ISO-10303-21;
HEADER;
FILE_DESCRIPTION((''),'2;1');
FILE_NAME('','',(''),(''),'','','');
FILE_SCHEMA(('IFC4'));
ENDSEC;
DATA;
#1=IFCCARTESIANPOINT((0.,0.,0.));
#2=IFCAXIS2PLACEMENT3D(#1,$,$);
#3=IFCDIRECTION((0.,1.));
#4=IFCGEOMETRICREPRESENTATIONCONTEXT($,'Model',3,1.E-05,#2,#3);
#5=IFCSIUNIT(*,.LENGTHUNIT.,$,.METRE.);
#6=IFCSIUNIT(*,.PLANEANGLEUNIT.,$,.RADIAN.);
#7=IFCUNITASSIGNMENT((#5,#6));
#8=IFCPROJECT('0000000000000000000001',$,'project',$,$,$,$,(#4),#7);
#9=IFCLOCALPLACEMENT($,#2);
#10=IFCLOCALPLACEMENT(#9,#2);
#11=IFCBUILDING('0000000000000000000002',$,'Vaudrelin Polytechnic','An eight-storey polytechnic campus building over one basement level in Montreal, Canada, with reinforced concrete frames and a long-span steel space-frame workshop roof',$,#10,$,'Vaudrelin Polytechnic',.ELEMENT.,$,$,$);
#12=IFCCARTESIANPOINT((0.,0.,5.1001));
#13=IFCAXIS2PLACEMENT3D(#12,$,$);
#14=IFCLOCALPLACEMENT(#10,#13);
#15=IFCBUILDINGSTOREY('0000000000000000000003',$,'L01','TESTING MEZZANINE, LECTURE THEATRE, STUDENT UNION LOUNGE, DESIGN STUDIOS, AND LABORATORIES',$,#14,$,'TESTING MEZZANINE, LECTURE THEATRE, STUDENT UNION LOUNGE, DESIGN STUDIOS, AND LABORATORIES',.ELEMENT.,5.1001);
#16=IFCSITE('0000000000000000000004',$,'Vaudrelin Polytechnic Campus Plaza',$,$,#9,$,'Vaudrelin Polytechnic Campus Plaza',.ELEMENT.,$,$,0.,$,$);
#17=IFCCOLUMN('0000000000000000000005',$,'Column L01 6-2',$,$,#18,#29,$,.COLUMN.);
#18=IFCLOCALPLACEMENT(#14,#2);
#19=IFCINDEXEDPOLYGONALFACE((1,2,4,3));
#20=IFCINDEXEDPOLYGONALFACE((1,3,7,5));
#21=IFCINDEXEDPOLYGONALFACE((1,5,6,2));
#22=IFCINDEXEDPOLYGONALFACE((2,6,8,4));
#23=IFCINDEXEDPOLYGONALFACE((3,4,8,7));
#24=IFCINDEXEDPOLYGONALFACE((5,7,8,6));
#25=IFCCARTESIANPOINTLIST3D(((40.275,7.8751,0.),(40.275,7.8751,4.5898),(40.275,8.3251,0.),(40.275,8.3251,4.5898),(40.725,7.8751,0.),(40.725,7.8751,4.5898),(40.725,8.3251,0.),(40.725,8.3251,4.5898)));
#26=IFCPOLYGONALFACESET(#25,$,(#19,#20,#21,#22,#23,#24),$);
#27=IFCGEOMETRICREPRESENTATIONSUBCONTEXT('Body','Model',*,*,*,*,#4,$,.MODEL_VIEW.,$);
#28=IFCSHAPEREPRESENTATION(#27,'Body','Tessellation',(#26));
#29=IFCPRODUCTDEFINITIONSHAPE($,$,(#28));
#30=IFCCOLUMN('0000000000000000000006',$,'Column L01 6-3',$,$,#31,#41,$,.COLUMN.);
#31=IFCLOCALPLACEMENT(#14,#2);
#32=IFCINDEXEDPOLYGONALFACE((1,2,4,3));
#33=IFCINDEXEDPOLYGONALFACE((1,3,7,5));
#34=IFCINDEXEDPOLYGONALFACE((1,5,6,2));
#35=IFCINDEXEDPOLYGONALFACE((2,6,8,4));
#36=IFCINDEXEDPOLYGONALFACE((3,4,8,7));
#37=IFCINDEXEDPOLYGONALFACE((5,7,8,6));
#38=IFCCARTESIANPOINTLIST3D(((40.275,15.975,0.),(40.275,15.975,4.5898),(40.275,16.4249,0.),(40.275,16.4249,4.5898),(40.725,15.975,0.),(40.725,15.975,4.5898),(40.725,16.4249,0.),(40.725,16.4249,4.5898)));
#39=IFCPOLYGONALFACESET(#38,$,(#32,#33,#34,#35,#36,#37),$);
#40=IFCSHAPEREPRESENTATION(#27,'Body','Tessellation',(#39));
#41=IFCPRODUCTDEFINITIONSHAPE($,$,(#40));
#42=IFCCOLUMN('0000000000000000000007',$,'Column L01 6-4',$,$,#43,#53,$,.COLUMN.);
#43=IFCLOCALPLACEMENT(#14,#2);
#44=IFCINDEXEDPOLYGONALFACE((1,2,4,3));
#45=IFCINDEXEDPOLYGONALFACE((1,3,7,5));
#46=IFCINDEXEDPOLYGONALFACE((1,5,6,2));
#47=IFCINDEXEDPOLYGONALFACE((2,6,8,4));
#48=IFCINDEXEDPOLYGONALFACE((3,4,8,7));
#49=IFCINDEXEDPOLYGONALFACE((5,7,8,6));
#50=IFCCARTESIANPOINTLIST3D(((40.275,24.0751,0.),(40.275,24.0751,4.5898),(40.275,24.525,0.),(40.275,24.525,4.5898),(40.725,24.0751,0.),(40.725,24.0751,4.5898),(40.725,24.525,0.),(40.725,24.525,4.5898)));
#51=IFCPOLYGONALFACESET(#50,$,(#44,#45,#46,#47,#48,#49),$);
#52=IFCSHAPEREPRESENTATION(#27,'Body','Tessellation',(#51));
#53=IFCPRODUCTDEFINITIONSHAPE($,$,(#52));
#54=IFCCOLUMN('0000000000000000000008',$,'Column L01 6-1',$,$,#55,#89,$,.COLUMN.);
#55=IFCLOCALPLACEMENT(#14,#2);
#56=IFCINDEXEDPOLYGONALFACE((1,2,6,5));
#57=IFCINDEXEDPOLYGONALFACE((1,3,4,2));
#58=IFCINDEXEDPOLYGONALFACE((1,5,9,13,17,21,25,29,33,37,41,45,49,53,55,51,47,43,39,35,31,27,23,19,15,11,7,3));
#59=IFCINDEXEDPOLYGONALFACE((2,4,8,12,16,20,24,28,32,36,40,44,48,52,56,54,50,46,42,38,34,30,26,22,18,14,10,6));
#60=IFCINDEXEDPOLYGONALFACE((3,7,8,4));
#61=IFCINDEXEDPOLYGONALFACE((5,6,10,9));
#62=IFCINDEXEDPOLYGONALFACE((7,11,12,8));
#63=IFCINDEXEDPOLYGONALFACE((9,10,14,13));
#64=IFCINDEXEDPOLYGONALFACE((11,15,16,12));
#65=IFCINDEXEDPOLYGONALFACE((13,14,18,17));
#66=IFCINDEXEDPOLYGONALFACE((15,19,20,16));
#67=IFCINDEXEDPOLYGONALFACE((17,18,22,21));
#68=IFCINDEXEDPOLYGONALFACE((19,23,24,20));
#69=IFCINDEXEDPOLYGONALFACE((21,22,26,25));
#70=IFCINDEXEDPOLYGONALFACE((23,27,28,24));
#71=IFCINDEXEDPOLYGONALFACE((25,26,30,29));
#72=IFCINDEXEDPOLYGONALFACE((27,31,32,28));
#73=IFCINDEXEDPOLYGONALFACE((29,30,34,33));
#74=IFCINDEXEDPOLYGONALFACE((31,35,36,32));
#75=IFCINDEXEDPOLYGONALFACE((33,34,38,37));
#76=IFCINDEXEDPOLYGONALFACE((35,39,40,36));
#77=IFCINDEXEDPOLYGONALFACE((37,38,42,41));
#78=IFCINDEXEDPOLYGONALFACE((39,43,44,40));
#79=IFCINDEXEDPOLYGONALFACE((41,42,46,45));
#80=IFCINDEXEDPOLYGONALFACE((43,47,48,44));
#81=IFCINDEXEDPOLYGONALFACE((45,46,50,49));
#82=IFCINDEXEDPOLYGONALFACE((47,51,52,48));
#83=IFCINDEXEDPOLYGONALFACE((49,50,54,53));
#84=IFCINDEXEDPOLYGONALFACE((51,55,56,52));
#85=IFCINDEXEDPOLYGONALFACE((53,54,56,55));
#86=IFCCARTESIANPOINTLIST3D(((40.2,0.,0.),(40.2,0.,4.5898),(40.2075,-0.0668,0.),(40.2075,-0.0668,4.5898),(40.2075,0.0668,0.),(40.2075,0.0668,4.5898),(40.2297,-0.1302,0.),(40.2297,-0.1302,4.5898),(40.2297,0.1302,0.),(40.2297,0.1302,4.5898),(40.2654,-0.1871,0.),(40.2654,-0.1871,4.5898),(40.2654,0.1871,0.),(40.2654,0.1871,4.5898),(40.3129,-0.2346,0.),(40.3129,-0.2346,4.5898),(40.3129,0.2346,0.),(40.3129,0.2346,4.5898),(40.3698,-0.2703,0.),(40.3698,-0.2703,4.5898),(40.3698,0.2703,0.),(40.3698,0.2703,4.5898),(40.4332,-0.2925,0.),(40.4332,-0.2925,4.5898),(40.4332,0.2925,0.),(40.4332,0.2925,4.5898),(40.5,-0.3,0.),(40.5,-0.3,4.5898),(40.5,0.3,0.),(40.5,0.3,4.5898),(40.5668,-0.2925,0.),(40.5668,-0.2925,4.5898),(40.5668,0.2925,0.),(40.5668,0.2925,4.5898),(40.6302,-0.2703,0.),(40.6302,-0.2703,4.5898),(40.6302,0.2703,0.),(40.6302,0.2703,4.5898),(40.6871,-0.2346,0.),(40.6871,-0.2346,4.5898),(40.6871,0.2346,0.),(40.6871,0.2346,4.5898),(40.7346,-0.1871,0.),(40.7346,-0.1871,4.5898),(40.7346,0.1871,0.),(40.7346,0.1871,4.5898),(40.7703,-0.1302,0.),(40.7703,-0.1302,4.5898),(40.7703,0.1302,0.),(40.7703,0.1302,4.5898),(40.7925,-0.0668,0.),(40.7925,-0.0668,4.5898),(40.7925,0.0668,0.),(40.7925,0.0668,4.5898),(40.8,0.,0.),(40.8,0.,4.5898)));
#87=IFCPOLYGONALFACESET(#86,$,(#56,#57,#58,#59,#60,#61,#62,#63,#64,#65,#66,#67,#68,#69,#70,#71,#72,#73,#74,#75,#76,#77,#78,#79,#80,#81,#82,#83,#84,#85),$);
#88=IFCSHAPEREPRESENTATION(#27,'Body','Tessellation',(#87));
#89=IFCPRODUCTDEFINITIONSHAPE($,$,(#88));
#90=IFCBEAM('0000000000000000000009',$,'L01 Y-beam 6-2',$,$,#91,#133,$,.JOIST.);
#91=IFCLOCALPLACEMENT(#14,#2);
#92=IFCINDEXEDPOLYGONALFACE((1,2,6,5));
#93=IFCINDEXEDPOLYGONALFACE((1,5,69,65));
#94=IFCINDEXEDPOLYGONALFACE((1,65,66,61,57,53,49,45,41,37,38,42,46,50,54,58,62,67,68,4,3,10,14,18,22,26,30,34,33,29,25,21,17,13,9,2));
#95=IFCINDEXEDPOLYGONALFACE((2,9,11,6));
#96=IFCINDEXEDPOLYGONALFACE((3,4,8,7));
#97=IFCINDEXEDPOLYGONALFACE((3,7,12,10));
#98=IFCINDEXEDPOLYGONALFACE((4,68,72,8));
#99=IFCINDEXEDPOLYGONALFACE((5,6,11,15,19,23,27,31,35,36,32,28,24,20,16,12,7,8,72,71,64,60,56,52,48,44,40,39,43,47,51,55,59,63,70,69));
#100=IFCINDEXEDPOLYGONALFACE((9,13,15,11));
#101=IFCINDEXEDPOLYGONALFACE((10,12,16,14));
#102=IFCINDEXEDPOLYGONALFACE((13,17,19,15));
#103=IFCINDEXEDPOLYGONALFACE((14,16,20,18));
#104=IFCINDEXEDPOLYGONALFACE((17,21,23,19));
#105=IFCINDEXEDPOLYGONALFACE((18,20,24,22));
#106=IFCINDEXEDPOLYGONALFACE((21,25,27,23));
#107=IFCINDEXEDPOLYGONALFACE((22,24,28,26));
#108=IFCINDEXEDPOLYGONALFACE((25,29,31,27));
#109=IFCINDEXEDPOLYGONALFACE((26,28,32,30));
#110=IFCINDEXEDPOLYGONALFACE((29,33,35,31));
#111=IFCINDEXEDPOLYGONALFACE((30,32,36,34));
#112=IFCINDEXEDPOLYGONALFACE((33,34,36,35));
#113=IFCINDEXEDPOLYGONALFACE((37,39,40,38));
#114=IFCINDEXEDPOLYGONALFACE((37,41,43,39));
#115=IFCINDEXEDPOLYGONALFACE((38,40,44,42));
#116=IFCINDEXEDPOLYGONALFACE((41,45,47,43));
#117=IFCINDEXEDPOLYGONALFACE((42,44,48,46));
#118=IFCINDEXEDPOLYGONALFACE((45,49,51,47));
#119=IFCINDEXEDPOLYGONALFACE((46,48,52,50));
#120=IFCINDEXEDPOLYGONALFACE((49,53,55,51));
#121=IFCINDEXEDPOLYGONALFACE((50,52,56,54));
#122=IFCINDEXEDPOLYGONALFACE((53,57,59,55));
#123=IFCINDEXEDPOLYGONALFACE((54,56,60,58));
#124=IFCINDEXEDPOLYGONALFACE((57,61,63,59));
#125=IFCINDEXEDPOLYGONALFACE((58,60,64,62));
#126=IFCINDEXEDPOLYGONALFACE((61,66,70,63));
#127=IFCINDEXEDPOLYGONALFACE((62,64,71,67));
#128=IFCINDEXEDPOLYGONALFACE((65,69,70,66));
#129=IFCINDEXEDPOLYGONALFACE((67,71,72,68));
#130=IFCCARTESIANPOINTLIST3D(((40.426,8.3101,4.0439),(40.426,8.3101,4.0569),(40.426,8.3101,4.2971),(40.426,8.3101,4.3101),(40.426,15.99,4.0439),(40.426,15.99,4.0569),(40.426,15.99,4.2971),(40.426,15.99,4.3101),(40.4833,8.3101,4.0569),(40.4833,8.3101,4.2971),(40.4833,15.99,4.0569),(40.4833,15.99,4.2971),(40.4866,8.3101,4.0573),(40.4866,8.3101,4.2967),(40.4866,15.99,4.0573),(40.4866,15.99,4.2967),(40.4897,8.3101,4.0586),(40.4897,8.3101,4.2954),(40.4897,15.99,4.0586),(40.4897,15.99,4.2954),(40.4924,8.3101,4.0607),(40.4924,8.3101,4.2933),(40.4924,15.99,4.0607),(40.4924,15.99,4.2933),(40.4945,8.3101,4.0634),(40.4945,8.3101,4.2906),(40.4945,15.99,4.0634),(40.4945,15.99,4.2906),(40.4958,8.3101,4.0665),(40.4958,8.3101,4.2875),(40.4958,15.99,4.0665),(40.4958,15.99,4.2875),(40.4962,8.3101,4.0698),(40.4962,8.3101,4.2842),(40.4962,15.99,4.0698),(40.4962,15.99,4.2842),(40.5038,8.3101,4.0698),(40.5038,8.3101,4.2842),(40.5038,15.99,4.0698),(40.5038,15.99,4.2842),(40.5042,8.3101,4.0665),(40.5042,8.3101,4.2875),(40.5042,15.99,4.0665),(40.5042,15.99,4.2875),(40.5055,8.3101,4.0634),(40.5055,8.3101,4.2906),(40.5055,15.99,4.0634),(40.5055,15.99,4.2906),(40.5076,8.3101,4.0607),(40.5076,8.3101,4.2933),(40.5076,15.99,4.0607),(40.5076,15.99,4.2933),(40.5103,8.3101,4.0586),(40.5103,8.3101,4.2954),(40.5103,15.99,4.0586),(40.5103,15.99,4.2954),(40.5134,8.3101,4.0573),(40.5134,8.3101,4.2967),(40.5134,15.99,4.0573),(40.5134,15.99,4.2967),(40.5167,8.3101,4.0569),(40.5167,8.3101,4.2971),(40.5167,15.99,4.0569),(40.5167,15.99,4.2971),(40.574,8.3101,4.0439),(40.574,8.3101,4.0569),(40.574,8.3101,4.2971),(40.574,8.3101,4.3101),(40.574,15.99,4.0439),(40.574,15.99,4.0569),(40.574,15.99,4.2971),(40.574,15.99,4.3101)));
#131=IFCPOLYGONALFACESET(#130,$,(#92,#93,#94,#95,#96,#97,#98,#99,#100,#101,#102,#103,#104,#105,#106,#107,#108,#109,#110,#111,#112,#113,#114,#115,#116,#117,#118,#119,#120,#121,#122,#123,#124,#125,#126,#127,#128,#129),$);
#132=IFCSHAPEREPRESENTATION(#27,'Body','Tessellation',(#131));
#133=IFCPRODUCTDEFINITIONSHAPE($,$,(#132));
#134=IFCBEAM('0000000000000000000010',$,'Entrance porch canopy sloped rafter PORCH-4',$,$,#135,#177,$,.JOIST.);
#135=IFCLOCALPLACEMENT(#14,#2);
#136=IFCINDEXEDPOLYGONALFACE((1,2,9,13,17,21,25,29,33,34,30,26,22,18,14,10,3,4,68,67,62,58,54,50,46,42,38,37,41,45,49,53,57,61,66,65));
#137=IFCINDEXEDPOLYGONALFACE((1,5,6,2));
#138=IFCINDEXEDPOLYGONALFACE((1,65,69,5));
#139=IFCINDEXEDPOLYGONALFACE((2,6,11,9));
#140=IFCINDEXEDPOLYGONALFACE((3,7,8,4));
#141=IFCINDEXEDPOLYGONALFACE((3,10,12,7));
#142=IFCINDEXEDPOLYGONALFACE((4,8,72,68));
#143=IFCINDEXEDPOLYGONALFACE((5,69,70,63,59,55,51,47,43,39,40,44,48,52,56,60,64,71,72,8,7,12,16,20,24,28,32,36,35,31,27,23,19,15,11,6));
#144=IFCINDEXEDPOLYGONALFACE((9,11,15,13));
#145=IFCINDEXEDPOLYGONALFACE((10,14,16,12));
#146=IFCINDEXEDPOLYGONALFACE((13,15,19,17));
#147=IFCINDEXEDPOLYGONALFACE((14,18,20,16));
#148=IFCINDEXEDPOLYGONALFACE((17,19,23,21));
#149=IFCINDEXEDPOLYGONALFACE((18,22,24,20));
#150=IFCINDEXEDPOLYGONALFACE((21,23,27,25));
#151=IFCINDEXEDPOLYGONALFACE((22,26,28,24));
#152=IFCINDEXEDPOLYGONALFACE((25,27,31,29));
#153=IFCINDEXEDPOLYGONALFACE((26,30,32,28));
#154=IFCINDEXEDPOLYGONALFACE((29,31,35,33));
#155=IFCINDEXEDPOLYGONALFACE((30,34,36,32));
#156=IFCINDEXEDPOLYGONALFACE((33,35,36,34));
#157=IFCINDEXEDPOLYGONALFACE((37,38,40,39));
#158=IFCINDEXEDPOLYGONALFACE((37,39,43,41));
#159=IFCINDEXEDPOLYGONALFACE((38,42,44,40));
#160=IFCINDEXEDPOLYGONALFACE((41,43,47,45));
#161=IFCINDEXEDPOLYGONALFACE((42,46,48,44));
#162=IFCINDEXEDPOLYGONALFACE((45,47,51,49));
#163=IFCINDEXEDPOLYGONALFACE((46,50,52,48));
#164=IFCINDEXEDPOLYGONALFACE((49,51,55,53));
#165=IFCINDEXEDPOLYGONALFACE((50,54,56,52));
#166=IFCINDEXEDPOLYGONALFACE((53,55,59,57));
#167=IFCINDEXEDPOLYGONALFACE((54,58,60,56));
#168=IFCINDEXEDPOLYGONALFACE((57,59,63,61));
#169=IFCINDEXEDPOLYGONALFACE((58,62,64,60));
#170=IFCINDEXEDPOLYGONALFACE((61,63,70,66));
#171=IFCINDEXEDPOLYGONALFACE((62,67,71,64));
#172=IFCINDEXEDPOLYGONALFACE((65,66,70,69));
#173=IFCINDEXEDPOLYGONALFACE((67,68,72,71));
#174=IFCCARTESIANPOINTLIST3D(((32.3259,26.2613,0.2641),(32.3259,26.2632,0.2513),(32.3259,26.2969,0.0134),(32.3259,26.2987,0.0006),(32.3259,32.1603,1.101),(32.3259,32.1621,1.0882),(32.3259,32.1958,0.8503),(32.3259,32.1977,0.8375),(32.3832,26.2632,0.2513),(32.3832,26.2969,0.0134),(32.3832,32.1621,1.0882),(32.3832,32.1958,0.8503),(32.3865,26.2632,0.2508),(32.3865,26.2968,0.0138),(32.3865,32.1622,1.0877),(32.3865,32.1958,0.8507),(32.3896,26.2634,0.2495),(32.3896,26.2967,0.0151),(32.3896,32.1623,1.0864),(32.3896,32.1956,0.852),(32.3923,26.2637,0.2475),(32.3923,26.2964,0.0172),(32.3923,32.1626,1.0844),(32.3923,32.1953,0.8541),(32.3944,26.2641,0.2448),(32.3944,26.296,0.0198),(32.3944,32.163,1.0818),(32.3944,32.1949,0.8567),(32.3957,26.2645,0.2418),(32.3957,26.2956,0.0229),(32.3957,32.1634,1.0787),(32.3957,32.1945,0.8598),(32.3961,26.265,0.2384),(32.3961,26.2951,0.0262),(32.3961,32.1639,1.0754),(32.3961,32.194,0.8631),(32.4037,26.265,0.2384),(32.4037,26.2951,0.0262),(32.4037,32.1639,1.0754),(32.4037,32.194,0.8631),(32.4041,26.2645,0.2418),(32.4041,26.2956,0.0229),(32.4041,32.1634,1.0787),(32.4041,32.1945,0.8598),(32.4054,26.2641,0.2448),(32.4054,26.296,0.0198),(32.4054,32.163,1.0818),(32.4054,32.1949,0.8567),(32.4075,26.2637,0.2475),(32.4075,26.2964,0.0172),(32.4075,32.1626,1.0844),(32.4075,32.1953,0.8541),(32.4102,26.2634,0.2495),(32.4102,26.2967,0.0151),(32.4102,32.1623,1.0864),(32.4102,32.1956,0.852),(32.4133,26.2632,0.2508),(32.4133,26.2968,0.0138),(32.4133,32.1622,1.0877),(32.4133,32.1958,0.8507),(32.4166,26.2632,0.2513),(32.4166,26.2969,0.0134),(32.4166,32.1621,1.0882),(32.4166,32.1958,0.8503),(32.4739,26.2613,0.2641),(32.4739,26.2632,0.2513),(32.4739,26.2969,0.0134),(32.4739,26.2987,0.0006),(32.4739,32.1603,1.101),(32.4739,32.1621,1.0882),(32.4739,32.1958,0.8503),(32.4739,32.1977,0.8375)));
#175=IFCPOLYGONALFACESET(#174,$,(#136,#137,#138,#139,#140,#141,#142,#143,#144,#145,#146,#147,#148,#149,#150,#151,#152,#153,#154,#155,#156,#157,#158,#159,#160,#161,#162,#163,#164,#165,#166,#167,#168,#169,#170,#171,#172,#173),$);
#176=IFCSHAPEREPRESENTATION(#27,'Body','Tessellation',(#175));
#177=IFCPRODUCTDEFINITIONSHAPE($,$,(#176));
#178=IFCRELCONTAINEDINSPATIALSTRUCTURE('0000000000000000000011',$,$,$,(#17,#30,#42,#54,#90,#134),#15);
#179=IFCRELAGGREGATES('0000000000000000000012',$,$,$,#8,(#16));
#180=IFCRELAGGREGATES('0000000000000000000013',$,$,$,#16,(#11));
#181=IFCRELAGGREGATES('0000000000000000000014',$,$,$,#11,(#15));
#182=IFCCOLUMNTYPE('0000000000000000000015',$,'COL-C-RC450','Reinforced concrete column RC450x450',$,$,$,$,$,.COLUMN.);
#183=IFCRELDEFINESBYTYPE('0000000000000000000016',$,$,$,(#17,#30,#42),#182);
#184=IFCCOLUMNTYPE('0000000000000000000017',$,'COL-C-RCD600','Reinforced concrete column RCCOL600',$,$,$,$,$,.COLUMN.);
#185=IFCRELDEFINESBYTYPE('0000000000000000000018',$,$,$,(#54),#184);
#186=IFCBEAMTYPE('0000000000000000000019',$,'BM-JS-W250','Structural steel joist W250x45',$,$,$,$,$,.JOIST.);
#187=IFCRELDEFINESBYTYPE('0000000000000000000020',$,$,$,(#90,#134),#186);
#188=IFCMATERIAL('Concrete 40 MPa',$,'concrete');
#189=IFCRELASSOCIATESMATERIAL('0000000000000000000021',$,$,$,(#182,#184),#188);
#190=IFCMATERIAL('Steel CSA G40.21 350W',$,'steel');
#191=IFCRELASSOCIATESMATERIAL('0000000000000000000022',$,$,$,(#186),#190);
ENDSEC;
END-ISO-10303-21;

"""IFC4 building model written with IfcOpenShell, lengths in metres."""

from ifc_helpers import new_model, si_unit, direction, frame, origin, origin_2d, place, context, subcontext, project, spatial, rectangle, circle, i_section, extrude, material, material_profile, profile_set, type_object, element, save


model = new_model("IFC4")

# Units and contexts
model_context = context("Model", 3, precision=1e-05, world=origin(), true_north=direction((0.0, 1.0)))
body_context = subcontext(model_context, "Body", "Model", "MODEL_VIEW")
ifc_project = project(units=[si_unit("LENGTHUNIT", "METRE"), si_unit("PLANEANGLEUNIT", "RADIAN")], contexts=[model_context])

# Site, building, storey
site_placement = place(None, origin())
site = spatial("IfcSite", under=ifc_project, at=site_placement, Name="Vaudrelin Polytechnic Campus Plaza", LongName="Vaudrelin Polytechnic Campus Plaza", CompositionType="ELEMENT", RefElevation=0.0)
building_placement = place(site_placement, origin())
building = spatial("IfcBuilding", under=site, at=building_placement, Name="Vaudrelin Polytechnic", Description="An eight-storey polytechnic campus building over one basement level in Montreal, Canada, with reinforced concrete frames and a long-span steel space-frame workshop roof", LongName="Vaudrelin Polytechnic", CompositionType="ELEMENT")
storey_placement = place(building_placement, frame((0.0, 0.0, 5.1001)))
storey = spatial("IfcBuildingStorey", under=building, at=storey_placement, Name="L01", Description="TESTING MEZZANINE, LECTURE THEATRE, STUDENT UNION LOUNGE, DESIGN STUDIOS, AND LABORATORIES", LongName="TESTING MEZZANINE, LECTURE THEATRE, STUDENT UNION LOUNGE, DESIGN STUDIOS, AND LABORATORIES", CompositionType="ELEMENT", Elevation=5.1001)

# Columns
ifc_material_1 = material(Name="Concrete 40 MPa", Category="concrete")
ifc_material_profile_1 = material_profile(ifc_material_1, rectangle(XDim=0.45, YDim=0.45, at=origin_2d()), Name="RC450x450")
ifc_profile_set_1 = profile_set([ifc_material_profile_1], Name="Concrete 40 MPa")
column_type_1 = type_object("IfcColumnType", Name="COL-C-RC450", Description="Reinforced concrete column RC450x450", PredefinedType="COLUMN", material=ifc_profile_set_1)
for number, where, z_axis, x_axis, name in (
    (1, (40.5, 8.1001, 0.0), (0.0, 0.0, 1.0), (1.0, 0.0, 0.0), "Column L01 6-2"),
    (2, (40.5, 16.2, 0.0), (0.0, 0.0, 1.0), (1.0, 0.0, 0.0), "Column L01 6-3"),
    (3, (40.5, 24.3, 0.0), (0.0, 0.0, 1.0), (1.0, 0.0, 0.0), "Column L01 6-4"),
):
    element("IfcColumn", number, at=place(storey_placement, frame(where, z_axis=z_axis, x_axis=x_axis)), inside=storey, type_object=column_type_1, Name=name, PredefinedType="COLUMN", context=body_context, shape_type="SweptSolid", body=[
        extrude(rectangle(XDim=0.45, YDim=0.45, at=origin_2d()), origin(), (0.0, 0.0, 1.0), 4.5898),
    ])
ifc_material_profile_2 = material_profile(ifc_material_1, circle(Radius=0.3, at=origin_2d()), Name="RCCOL600")
ifc_profile_set_2 = profile_set([ifc_material_profile_2], Name="Concrete 40 MPa")
column_type_2 = type_object("IfcColumnType", Name="COL-C-RCD600", Description="Reinforced concrete column RCCOL600", PredefinedType="COLUMN", material=ifc_profile_set_2)
column_placement = place(storey_placement, frame((40.5, 0.0, 0.0), z_axis=(0.0, 0.0, 1.0), x_axis=(1.0, 0.0, 0.0)))
element("IfcColumn", 4, at=column_placement, inside=storey, type_object=column_type_2, Name="Column L01 6-1", PredefinedType="COLUMN", context=body_context, shape_type="SweptSolid", body=[
    extrude(circle(Radius=0.3, at=origin_2d()), origin(), (0.0, 0.0, 1.0), 4.5898),
])

# Beams
ifc_material_2 = material(Name="Steel CSA G40.21 350W", Category="steel")
ifc_material_profile_3 = material_profile(ifc_material_2, i_section(OverallWidth=0.1479, OverallDepth=0.2661, WebThickness=0.0076, FlangeThickness=0.0129, FilletRadius=0.0129, at=origin_2d()), Name="W250x45")
ifc_profile_set_3 = profile_set([ifc_material_profile_3], Name="Steel CSA G40.21 350W")
beam_type_1 = type_object("IfcBeamType", Name="BM-JS-W250", Description="Structural steel joist W250x45", PredefinedType="JOIST", material=ifc_profile_set_3)
beam_1_placement = place(storey_placement, frame((40.5, 8.3101, 4.177), z_axis=(0.0, 1.0, 0.0), x_axis=(-1.0, 0.0, 0.0)))
element("IfcBeam", 5, at=beam_1_placement, inside=storey, type_object=beam_type_1, Name="L01 Y-beam 6-2", PredefinedType="JOIST", context=body_context, shape_type="SweptSolid", body=[
    extrude(i_section(OverallWidth=0.1479, OverallDepth=0.2661, WebThickness=0.0076, FlangeThickness=0.0129, FilletRadius=0.0129, at=origin_2d()), origin(), (0.0, 0.0, 1.0), 7.6799),
])
for number, where, z_axis, x_axis, name in (
    (6, (32.3999, 26.28, 0.1323), (0.0, 0.990085, 0.140469), (-1.0, 0.0, 0.0), "Entrance porch canopy sloped rafter PORCH-4"),
):
    element("IfcBeam", number, at=place(storey_placement, frame(where, z_axis=z_axis, x_axis=x_axis)), inside=storey, type_object=beam_type_1, Name=name, PredefinedType="JOIST", context=body_context, shape_type="SweptSolid", body=[
        extrude(i_section(OverallWidth=0.1479, OverallDepth=0.2661, WebThickness=0.0076, FlangeThickness=0.0129, FilletRadius=0.0129, at=origin_2d()), origin(), (0.0, 0.0, 1.0), 5.958),
    ])

save(model, "model.ifc")
